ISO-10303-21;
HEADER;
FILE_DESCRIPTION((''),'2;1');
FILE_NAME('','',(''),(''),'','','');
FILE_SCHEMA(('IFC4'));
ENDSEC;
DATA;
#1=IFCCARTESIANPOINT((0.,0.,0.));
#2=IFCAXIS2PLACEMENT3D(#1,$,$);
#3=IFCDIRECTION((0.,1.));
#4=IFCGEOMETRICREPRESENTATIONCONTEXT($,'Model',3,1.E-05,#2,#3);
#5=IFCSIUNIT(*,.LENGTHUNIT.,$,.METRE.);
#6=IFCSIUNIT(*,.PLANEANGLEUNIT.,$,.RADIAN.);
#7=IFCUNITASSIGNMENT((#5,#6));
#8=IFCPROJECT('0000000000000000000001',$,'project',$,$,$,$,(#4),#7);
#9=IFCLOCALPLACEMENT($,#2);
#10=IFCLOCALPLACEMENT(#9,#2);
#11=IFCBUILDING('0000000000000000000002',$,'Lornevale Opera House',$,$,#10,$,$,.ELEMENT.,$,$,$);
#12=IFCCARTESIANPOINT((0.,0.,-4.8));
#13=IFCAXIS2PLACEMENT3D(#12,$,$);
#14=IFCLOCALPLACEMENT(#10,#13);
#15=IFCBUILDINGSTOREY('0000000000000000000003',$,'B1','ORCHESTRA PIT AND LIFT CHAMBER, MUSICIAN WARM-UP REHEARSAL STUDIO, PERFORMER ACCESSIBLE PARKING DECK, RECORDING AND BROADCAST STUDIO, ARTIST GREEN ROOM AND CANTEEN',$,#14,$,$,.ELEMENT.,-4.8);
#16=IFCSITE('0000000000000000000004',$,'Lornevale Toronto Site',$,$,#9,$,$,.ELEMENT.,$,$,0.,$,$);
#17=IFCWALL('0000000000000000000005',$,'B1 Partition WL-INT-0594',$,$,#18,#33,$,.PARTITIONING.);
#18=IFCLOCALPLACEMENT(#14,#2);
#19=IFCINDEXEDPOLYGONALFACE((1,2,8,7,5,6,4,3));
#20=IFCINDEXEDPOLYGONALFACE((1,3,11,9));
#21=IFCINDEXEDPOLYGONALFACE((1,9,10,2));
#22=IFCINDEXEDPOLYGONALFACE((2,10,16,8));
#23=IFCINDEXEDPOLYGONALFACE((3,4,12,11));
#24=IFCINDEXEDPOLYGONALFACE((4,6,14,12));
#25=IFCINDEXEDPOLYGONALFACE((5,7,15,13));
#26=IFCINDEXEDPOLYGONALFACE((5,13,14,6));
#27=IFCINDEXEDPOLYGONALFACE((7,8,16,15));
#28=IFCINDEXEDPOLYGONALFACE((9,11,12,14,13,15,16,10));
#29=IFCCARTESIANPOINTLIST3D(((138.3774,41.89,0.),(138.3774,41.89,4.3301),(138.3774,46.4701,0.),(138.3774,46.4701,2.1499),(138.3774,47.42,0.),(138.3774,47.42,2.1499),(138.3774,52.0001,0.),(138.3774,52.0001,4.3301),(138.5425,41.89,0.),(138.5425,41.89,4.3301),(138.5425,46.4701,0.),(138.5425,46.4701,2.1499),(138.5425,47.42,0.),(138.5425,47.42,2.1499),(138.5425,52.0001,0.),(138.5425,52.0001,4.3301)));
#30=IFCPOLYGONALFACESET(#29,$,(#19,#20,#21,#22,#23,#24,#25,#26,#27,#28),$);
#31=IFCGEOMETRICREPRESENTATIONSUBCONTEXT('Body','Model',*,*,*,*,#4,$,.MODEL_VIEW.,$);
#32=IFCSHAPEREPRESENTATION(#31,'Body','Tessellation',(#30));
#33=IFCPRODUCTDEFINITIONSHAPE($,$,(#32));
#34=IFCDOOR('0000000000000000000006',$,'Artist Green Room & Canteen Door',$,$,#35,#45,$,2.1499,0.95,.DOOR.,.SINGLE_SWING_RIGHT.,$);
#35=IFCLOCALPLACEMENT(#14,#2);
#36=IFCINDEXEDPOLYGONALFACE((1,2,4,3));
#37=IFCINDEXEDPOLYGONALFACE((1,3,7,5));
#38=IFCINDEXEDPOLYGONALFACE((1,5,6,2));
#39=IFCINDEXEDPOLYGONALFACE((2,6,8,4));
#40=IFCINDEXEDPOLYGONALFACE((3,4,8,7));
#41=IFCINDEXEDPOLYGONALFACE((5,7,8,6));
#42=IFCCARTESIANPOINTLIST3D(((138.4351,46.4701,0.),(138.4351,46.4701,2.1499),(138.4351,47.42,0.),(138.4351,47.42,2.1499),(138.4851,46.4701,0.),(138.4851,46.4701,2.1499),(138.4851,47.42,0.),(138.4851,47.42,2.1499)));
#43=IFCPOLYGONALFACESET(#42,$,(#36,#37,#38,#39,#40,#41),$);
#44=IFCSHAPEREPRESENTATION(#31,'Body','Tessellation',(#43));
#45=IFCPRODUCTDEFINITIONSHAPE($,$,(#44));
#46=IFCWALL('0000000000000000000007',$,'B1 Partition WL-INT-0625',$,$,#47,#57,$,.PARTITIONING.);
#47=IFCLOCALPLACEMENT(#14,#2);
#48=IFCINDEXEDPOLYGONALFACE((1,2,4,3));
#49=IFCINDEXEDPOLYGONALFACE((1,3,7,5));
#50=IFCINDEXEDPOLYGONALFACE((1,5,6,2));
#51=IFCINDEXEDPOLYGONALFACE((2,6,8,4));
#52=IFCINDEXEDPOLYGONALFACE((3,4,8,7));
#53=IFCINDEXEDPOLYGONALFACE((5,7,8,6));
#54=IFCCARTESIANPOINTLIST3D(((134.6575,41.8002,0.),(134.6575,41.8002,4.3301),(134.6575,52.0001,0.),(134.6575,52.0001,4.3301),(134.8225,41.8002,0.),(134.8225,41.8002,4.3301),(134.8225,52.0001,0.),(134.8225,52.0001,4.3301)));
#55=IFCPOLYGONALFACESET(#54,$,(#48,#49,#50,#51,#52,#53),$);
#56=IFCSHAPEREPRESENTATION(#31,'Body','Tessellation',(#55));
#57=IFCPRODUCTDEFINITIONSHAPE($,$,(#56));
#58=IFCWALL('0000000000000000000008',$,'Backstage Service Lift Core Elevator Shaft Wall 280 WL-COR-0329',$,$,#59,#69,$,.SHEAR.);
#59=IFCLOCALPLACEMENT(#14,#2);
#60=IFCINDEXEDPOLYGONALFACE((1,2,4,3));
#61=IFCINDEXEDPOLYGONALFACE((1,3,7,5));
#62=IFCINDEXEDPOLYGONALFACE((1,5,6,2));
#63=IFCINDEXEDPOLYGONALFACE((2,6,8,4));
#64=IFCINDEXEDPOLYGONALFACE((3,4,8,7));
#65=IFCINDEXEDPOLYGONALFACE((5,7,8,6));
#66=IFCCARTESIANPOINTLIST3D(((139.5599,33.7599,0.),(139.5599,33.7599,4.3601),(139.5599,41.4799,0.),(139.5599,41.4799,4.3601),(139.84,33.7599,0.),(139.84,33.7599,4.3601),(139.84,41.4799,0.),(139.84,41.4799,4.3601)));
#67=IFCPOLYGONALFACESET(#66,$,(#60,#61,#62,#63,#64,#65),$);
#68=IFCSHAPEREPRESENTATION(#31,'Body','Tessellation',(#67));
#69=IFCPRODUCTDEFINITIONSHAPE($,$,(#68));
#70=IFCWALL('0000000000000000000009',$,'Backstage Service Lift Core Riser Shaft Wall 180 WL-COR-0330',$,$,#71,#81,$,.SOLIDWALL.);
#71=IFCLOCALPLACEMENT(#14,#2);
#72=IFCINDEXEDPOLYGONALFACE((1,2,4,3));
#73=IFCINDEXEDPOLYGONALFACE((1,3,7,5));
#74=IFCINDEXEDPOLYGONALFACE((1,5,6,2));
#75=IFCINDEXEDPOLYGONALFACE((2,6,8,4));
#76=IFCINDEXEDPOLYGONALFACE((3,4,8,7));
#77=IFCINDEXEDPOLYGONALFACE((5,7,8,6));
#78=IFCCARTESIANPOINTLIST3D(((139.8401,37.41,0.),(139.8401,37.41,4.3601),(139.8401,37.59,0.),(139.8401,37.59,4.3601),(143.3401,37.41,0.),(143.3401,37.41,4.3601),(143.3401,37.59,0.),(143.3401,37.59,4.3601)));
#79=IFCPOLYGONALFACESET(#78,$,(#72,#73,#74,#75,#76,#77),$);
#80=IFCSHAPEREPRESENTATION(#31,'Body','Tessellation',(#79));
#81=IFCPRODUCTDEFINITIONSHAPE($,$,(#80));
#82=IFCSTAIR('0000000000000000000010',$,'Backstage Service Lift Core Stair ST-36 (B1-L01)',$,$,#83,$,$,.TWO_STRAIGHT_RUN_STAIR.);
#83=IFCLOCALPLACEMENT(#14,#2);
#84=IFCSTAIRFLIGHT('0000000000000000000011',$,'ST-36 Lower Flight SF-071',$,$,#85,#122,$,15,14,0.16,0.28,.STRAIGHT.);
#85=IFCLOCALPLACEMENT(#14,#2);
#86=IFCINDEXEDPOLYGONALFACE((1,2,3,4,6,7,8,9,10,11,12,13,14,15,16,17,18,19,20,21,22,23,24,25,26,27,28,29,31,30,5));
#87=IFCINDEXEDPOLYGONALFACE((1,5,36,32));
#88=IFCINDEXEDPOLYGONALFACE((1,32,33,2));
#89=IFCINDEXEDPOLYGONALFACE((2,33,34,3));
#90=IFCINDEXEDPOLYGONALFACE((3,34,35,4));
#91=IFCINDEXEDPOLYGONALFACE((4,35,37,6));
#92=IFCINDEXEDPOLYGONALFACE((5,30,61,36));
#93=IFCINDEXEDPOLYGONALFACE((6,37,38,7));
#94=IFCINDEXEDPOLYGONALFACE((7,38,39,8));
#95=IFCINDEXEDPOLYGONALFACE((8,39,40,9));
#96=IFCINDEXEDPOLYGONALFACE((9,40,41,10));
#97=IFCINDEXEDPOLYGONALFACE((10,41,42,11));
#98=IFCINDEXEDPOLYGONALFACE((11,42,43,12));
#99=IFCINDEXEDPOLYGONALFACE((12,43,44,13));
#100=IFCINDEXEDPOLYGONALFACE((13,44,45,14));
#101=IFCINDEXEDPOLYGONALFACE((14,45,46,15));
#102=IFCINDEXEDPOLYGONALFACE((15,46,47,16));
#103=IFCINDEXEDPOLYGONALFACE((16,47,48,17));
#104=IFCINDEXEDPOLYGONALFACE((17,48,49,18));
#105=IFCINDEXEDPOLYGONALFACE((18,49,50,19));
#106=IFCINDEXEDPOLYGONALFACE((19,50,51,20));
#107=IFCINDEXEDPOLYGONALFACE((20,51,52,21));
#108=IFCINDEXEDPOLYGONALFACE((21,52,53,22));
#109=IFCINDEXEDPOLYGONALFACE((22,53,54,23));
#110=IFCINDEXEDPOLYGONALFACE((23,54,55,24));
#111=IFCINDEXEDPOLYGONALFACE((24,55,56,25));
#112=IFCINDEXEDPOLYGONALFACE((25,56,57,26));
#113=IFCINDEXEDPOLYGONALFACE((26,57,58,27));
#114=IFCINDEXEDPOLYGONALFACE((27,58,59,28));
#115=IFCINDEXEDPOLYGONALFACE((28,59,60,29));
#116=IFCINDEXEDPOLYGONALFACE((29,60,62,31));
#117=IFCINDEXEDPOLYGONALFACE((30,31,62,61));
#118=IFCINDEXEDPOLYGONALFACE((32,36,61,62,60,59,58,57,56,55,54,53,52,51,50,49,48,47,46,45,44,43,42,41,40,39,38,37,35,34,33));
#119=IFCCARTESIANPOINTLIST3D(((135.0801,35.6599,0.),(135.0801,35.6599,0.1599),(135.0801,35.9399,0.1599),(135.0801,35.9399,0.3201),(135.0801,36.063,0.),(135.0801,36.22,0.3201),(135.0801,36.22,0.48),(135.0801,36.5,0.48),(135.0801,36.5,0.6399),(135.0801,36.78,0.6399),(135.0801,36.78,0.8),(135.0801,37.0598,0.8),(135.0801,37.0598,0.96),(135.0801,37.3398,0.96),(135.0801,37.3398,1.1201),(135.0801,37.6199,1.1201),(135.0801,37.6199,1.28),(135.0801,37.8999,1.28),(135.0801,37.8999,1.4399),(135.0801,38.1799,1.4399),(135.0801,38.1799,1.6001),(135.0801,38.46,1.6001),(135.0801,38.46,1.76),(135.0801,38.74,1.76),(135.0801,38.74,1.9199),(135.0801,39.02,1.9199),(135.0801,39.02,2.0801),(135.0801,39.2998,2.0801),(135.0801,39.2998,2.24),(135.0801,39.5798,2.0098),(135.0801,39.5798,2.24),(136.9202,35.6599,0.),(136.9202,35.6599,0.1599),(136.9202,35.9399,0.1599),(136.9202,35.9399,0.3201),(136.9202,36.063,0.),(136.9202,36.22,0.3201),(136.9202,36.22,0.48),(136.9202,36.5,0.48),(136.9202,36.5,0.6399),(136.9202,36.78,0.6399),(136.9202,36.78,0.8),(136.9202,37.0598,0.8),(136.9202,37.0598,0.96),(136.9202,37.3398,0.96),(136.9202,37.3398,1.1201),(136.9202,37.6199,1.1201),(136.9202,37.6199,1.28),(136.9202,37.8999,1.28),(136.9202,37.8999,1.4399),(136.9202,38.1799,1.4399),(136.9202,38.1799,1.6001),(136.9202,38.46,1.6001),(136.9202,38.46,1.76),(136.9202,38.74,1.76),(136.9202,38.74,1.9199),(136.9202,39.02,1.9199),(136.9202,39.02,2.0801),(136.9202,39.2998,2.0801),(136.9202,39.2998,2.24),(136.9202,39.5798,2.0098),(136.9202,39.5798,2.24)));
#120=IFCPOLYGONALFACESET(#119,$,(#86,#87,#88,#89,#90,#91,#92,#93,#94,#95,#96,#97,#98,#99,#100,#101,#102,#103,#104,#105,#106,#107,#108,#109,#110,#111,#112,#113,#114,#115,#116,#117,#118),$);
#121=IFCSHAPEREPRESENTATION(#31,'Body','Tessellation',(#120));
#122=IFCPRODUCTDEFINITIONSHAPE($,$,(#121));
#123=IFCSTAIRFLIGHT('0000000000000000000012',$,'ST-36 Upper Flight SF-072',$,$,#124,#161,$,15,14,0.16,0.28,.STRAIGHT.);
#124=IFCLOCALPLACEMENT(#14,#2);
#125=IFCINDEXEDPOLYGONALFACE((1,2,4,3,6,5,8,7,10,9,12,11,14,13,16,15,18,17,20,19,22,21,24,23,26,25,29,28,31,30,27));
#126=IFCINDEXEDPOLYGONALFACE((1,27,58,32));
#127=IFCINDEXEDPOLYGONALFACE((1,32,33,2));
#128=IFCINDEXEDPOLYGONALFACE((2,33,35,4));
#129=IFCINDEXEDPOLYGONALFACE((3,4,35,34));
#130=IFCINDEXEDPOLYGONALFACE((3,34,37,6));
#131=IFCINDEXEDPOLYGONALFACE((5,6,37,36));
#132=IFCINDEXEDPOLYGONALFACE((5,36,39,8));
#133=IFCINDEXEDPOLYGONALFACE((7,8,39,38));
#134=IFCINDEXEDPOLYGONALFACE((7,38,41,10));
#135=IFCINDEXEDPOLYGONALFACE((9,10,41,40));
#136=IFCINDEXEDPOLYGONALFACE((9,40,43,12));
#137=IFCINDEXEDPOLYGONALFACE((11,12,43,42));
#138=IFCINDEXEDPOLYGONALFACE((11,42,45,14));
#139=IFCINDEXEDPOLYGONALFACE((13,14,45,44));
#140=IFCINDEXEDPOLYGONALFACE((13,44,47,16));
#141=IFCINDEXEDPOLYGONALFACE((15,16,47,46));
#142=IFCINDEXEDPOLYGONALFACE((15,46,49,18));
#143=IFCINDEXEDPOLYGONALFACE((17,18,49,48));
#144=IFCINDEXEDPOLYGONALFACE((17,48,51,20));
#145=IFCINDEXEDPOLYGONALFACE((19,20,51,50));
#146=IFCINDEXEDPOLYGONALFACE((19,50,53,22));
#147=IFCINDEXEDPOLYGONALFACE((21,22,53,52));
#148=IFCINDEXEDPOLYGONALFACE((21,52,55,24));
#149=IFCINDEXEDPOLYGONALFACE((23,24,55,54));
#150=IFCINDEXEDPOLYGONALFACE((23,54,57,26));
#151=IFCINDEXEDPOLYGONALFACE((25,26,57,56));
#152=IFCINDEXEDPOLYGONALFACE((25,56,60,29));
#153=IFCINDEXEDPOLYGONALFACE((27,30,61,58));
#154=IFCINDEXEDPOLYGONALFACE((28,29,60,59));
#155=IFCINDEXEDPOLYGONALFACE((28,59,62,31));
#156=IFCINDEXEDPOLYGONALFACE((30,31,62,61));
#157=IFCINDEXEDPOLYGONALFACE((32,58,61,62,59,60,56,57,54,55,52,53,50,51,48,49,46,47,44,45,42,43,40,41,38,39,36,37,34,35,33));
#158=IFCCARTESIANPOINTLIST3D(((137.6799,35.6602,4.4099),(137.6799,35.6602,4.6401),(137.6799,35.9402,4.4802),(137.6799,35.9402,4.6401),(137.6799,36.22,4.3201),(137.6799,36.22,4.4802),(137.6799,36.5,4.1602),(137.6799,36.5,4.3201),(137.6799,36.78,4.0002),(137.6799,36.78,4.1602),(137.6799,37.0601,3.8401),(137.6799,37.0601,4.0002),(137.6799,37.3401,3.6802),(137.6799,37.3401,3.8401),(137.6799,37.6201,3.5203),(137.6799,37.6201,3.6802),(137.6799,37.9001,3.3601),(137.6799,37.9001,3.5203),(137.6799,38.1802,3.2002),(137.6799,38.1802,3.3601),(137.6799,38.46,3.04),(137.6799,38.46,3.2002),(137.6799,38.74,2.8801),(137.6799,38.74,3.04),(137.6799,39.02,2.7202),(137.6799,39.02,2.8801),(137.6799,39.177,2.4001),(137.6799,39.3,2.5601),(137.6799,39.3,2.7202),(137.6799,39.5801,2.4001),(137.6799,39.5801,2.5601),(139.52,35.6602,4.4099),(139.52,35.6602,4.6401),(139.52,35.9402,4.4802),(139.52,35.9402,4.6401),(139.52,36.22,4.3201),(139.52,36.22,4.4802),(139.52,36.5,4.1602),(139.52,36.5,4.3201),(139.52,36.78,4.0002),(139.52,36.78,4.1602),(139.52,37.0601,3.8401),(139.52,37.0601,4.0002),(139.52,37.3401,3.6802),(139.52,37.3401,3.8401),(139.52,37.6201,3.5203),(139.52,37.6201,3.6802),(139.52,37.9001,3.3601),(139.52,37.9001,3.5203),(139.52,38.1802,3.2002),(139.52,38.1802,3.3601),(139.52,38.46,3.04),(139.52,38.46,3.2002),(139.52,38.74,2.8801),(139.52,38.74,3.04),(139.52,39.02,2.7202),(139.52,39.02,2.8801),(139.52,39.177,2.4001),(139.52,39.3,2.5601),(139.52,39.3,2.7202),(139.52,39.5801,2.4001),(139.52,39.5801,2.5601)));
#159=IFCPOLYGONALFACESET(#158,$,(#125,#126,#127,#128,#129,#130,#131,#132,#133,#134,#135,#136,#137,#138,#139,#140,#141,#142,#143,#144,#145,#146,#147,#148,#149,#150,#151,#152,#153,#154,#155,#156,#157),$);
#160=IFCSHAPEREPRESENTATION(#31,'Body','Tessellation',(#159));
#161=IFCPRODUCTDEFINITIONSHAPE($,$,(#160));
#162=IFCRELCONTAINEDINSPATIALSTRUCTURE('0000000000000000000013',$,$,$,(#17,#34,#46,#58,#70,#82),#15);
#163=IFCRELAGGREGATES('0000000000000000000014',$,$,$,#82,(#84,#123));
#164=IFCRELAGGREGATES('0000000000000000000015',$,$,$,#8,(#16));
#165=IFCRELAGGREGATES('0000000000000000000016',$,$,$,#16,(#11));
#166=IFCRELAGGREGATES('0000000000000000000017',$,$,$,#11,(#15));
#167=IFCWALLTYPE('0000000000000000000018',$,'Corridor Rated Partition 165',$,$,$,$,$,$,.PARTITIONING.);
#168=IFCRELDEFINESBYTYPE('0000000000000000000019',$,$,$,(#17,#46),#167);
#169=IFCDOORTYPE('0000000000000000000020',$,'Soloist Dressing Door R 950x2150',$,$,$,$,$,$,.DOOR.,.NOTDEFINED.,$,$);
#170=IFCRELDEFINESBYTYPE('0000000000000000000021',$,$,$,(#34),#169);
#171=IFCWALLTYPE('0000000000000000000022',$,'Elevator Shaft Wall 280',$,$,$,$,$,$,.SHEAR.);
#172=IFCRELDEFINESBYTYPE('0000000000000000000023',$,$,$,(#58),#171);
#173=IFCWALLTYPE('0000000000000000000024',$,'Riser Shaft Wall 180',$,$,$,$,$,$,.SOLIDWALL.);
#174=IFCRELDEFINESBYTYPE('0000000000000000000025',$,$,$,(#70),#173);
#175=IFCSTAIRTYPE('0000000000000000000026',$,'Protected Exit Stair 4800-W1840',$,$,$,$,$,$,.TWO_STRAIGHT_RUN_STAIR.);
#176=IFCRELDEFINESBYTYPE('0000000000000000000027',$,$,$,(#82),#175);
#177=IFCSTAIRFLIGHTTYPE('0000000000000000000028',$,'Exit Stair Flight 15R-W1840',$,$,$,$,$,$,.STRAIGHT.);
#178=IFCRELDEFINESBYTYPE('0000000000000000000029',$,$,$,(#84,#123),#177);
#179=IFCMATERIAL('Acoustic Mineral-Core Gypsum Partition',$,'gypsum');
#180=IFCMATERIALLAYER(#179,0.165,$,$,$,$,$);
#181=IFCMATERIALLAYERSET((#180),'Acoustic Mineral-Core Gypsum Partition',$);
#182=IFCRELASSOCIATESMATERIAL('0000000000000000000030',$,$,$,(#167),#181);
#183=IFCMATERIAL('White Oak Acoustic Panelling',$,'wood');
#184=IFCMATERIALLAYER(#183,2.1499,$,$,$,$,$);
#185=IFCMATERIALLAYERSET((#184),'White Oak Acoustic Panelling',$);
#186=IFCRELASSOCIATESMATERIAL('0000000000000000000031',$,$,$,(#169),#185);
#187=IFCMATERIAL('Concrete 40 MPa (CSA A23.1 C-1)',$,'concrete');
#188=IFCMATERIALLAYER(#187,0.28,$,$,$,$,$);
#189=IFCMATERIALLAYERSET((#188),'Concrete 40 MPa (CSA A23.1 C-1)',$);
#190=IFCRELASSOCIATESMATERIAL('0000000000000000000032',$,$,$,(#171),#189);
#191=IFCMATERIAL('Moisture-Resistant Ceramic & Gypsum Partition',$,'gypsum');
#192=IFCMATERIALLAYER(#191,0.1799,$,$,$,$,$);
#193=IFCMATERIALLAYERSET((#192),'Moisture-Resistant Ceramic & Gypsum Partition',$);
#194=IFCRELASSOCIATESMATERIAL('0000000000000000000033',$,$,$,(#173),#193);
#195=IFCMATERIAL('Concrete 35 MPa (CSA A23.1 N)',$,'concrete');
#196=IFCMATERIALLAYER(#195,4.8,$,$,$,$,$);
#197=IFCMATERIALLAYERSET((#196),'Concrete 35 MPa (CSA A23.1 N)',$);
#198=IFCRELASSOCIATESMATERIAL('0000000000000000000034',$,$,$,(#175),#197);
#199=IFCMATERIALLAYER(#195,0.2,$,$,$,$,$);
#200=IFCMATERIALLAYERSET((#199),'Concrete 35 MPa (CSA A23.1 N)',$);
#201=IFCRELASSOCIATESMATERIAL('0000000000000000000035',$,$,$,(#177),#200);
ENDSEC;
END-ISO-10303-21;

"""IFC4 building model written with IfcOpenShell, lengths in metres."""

from ifc_helpers import new_model, si_unit, direction, frame, frame_2d, origin, place, context, subcontext, project, spatial, polyline, rectangle, outline, extrude, material, layer, layer_set, type_object, element, fill, aggregate, save


model = new_model("IFC4")

# Units and contexts
model_context = context("Model", 3, precision=1e-05, world=origin(), true_north=direction((0.0, 1.0)))
body_context = subcontext(model_context, "Body", "Model", "MODEL_VIEW")
ifc_project = project(units=[si_unit("LENGTHUNIT", "METRE"), si_unit("PLANEANGLEUNIT", "RADIAN")], contexts=[model_context])

# Site, building, storey
site_placement = place(None, origin())
site = spatial("IfcSite", under=ifc_project, at=site_placement, Name="Lornevale Toronto Site", CompositionType="ELEMENT", RefElevation=0.0)
building_placement = place(site_placement, origin())
building = spatial("IfcBuilding", under=site, at=building_placement, Name="Lornevale Opera House", CompositionType="ELEMENT")
storey_placement = place(building_placement, frame((0.0, 0.0, -4.8)))
storey = spatial("IfcBuildingStorey", under=building, at=storey_placement, Name="B1", Description="ORCHESTRA PIT AND LIFT CHAMBER, MUSICIAN WARM-UP REHEARSAL STUDIO, PERFORMER ACCESSIBLE PARKING DECK, RECORDING AND BROADCAST STUDIO, ARTIST GREEN ROOM AND CANTEEN", CompositionType="ELEMENT", Elevation=-4.8)

# Shared definitions
ifc_material_1 = material(Name="Concrete 40 MPa (CSA A23.1 C-1)", Category="concrete")

# Shared definitions
ifc_material_2 = material(Name="Concrete 35 MPa (CSA A23.1 N)", Category="concrete")

# Wall, opening, door
ifc_material_3 = material(Name="Acoustic Mineral-Core Gypsum Partition", Category="gypsum")
ifc_layer_1 = layer(ifc_material_3, 0.165)
ifc_layer_set_1 = layer_set([ifc_layer_1], Name="Acoustic Mineral-Core Gypsum Partition")
wall_type_1 = type_object("IfcWallType", Name="Corridor Rated Partition 165", PredefinedType="PARTITIONING", material=ifc_layer_set_1)
wall_1_placement = place(storey_placement, frame((138.46, 41.8899, 0.0), z_axis=(0.0, 0.0, 1.0), x_axis=(0.0, 1.0, 0.0)))
wall_1 = element("IfcWall", 1, at=wall_1_placement, inside=storey, type_object=wall_type_1, Name="B1 Partition WL-INT-0594", PredefinedType="PARTITIONING", context=body_context, shape_type="SweptSolid", body=[
    extrude(rectangle(XDim=10.1101, YDim=0.165, at=frame_2d((5.0552, 0.0))), origin(), (0.0, 0.0, 1.0), 4.3301),
])
opening_1_placement = place(wall_1_placement, frame((4.5801, 0.0, 0.0)))
opening_1 = element("IfcOpeningElement", 2, at=opening_1_placement, cuts=wall_1, PredefinedType="OPENING", context=body_context, shape_type="SweptSolid", body=[
    extrude(rectangle(XDim=0.95, YDim=2.1499, at=frame_2d((0.4751, 1.075))), frame((0.0, 0.0925, 0.0), z_axis=(0.0, -1.0, 0.0), x_axis=(1.0, 0.0, 0.0)), (0.0, 0.0, 1.0), 0.1851),
])
ifc_material_4 = material(Name="White Oak Acoustic Panelling", Category="wood")
ifc_layer_2 = layer(ifc_material_4, 2.1499)
ifc_layer_set_2 = layer_set([ifc_layer_2], Name="White Oak Acoustic Panelling")
door_type_1 = type_object("IfcDoorType", Name="Soloist Dressing Door R 950x2150", OperationType="NOTDEFINED", PredefinedType="DOOR", material=ifc_layer_set_2)
door_1_placement = place(opening_1_placement, origin())
door_1 = element("IfcDoor", 3, at=door_1_placement, inside=storey, type_object=door_type_1, Name="Artist Green Room & Canteen Door", OperationType="SINGLE_SWING_RIGHT", OverallHeight=2.1499, OverallWidth=0.95, PredefinedType="DOOR", context=body_context, shape_type="SweptSolid", body=[
    extrude(rectangle(XDim=0.95, YDim=2.1499, at=frame_2d((0.4751, 1.075))), frame((0.0, 0.0249, 0.0), z_axis=(0.0, -1.0, 0.0), x_axis=(1.0, 0.0, 0.0)), (0.0, 0.0, 1.0), 0.05),
])
fill(opening_1, door_1)

# Wall
wall_2_placement = place(storey_placement, frame((134.74, 41.8, 0.0), z_axis=(0.0, 0.0, 1.0), x_axis=(0.0, 1.0, 0.0)))
element("IfcWall", 4, at=wall_2_placement, inside=storey, type_object=wall_type_1, Name="B1 Partition WL-INT-0625", PredefinedType="PARTITIONING", context=body_context, shape_type="SweptSolid", body=[
    extrude(rectangle(XDim=10.2, YDim=0.165, at=frame_2d((5.1001, 0.0))), origin(), (0.0, 0.0, 1.0), 4.3301),
])

# Shared definitions
ifc_layer_3 = layer(ifc_material_1, 0.28)
ifc_layer_set_3 = layer_set([ifc_layer_3], Name="Concrete 40 MPa (CSA A23.1 C-1)")
wall_type_2 = type_object("IfcWallType", Name="Elevator Shaft Wall 280", PredefinedType="SHEAR", material=ifc_layer_set_3)

# Walls
wall_3_placement = place(storey_placement, frame((139.7, 33.76, 0.0), z_axis=(0.0, 0.0, 1.0), x_axis=(0.0, 1.0, 0.0)))
element("IfcWall", 5, at=wall_3_placement, inside=storey, type_object=wall_type_2, Name="Backstage Service Lift Core Elevator Shaft Wall 280 WL-COR-0329", PredefinedType="SHEAR", context=body_context, shape_type="SweptSolid", body=[
    extrude(rectangle(XDim=7.72, YDim=0.28, at=frame_2d((3.8599, 0.0))), origin(), (0.0, 0.0, 1.0), 4.3601),
])
ifc_material_5 = material(Name="Moisture-Resistant Ceramic & Gypsum Partition", Category="gypsum")
ifc_layer_4 = layer(ifc_material_5, 0.1799)
ifc_layer_set_4 = layer_set([ifc_layer_4], Name="Moisture-Resistant Ceramic & Gypsum Partition")
wall_type_3 = type_object("IfcWallType", Name="Riser Shaft Wall 180", PredefinedType="SOLIDWALL", material=ifc_layer_set_4)
wall_4_placement = place(storey_placement, frame((139.8401, 37.5, 0.0), z_axis=(0.0, 0.0, 1.0), x_axis=(1.0, 0.0, 0.0)))
element("IfcWall", 6, at=wall_4_placement, inside=storey, type_object=wall_type_3, Name="Backstage Service Lift Core Riser Shaft Wall 180 WL-COR-0330", PredefinedType="SOLIDWALL", context=body_context, shape_type="SweptSolid", body=[
    extrude(rectangle(XDim=3.5, YDim=0.1799, at=frame_2d((1.75, 0.0))), origin(), (0.0, 0.0, 1.0), 4.3601),
])

# Stair, stair flights
ifc_layer_5 = layer(ifc_material_2, 4.8)
ifc_layer_set_5 = layer_set([ifc_layer_5], Name="Concrete 35 MPa (CSA A23.1 N)")
stair_type = type_object("IfcStairType", Name="Protected Exit Stair 4800-W1840", PredefinedType="TWO_STRAIGHT_RUN_STAIR", material=ifc_layer_set_5)
stair_placement = place(storey_placement, origin())
stair = element("IfcStair", 7, at=stair_placement, inside=storey, type_object=stair_type, Name="Backstage Service Lift Core Stair ST-36 (B1-L01)", PredefinedType="TWO_STRAIGHT_RUN_STAIR")
ifc_layer_6 = layer(ifc_material_2, 0.2)
ifc_layer_set_6 = layer_set([ifc_layer_6], Name="Concrete 35 MPa (CSA A23.1 N)")
stair_flight_type = type_object("IfcStairFlightType", Name="Exit Stair Flight 15R-W1840", PredefinedType="STRAIGHT", material=ifc_layer_set_6)
stair_flight_1_placement = place(storey_placement, frame((136.0, 35.6599, 0.0), z_axis=(0.0, 0.0, 1.0), x_axis=(0.0, 1.0, 0.0)))
stair_flight_1 = element("IfcStairFlight", 8, at=stair_flight_1_placement, type_object=stair_flight_type, Name="ST-36 Lower Flight SF-071", NumberOfRisers=15, NumberOfTreads=14, PredefinedType="STRAIGHT", RiserHeight=0.16, TreadLength=0.28, context=body_context, shape_type="SweptSolid", body=[
    extrude(outline(polyline([(0.0, 0.0), (0.0, 0.1599), (0.28, 0.1599), (0.28, 0.3201), (0.5601, 0.3201), (0.5601, 0.48), (0.8401, 0.48), (0.8401, 0.6399), (1.1201, 0.6399), (1.1201, 0.8), (1.3999, 0.8), (1.3999, 0.96), (1.6799, 0.96), (1.6799, 1.1201), (1.96, 1.1201), (1.96, 1.28), (2.24, 1.28), (2.24, 1.4399), (2.52, 1.4399), (2.52, 1.6001), (2.8, 1.6001), (2.8, 1.76), (3.0801, 1.76), (3.0801, 1.9199), (3.3601, 1.9199), (3.3601, 2.0801), (3.6399, 2.0801), (3.6399, 2.24), (3.9199, 2.24), (3.9199, 2.0098), (0.4031, 0.0), (0.0, 0.0)])), frame((0.0, 0.9199, 0.0), z_axis=(0.0, -1.0, 0.0), x_axis=(1.0, 0.0, 0.0)), (0.0, 0.0, 1.0), 1.8401),
])
stair_flight_2_placement = place(storey_placement, frame((138.6001, 39.5801, 2.4001), z_axis=(0.0, 0.0, 1.0), x_axis=(0.0, -1.0, 0.0)))
stair_flight_2 = element("IfcStairFlight", 9, at=stair_flight_2_placement, type_object=stair_flight_type, Name="ST-36 Upper Flight SF-072", NumberOfRisers=15, NumberOfTreads=14, PredefinedType="STRAIGHT", RiserHeight=0.16, TreadLength=0.28, context=body_context, shape_type="SweptSolid", body=[
    extrude(outline(polyline([(0.0, 0.0), (0.0, 0.1599), (0.28, 0.1599), (0.28, 0.3201), (0.5601, 0.3201), (0.5601, 0.48), (0.8401, 0.48), (0.8401, 0.6399), (1.1201, 0.6399), (1.1201, 0.8), (1.3999, 0.8), (1.3999, 0.96), (1.6799, 0.96), (1.6799, 1.1201), (1.96, 1.1201), (1.96, 1.28), (2.24, 1.28), (2.24, 1.4399), (2.52, 1.4399), (2.52, 1.6001), (2.8, 1.6001), (2.8, 1.76), (3.0801, 1.76), (3.0801, 1.9199), (3.3601, 1.9199), (3.3601, 2.0801), (3.6399, 2.0801), (3.6399, 2.24), (3.9199, 2.24), (3.9199, 2.0098), (0.4031, 0.0), (0.0, 0.0)])), frame((0.0, 0.9199, 0.0), z_axis=(0.0, -1.0, 0.0), x_axis=(1.0, 0.0, 0.0)), (0.0, 0.0, 1.0), 1.8401),
])
aggregate(stair, [stair_flight_1, stair_flight_2])

save(model, "model.ifc")
